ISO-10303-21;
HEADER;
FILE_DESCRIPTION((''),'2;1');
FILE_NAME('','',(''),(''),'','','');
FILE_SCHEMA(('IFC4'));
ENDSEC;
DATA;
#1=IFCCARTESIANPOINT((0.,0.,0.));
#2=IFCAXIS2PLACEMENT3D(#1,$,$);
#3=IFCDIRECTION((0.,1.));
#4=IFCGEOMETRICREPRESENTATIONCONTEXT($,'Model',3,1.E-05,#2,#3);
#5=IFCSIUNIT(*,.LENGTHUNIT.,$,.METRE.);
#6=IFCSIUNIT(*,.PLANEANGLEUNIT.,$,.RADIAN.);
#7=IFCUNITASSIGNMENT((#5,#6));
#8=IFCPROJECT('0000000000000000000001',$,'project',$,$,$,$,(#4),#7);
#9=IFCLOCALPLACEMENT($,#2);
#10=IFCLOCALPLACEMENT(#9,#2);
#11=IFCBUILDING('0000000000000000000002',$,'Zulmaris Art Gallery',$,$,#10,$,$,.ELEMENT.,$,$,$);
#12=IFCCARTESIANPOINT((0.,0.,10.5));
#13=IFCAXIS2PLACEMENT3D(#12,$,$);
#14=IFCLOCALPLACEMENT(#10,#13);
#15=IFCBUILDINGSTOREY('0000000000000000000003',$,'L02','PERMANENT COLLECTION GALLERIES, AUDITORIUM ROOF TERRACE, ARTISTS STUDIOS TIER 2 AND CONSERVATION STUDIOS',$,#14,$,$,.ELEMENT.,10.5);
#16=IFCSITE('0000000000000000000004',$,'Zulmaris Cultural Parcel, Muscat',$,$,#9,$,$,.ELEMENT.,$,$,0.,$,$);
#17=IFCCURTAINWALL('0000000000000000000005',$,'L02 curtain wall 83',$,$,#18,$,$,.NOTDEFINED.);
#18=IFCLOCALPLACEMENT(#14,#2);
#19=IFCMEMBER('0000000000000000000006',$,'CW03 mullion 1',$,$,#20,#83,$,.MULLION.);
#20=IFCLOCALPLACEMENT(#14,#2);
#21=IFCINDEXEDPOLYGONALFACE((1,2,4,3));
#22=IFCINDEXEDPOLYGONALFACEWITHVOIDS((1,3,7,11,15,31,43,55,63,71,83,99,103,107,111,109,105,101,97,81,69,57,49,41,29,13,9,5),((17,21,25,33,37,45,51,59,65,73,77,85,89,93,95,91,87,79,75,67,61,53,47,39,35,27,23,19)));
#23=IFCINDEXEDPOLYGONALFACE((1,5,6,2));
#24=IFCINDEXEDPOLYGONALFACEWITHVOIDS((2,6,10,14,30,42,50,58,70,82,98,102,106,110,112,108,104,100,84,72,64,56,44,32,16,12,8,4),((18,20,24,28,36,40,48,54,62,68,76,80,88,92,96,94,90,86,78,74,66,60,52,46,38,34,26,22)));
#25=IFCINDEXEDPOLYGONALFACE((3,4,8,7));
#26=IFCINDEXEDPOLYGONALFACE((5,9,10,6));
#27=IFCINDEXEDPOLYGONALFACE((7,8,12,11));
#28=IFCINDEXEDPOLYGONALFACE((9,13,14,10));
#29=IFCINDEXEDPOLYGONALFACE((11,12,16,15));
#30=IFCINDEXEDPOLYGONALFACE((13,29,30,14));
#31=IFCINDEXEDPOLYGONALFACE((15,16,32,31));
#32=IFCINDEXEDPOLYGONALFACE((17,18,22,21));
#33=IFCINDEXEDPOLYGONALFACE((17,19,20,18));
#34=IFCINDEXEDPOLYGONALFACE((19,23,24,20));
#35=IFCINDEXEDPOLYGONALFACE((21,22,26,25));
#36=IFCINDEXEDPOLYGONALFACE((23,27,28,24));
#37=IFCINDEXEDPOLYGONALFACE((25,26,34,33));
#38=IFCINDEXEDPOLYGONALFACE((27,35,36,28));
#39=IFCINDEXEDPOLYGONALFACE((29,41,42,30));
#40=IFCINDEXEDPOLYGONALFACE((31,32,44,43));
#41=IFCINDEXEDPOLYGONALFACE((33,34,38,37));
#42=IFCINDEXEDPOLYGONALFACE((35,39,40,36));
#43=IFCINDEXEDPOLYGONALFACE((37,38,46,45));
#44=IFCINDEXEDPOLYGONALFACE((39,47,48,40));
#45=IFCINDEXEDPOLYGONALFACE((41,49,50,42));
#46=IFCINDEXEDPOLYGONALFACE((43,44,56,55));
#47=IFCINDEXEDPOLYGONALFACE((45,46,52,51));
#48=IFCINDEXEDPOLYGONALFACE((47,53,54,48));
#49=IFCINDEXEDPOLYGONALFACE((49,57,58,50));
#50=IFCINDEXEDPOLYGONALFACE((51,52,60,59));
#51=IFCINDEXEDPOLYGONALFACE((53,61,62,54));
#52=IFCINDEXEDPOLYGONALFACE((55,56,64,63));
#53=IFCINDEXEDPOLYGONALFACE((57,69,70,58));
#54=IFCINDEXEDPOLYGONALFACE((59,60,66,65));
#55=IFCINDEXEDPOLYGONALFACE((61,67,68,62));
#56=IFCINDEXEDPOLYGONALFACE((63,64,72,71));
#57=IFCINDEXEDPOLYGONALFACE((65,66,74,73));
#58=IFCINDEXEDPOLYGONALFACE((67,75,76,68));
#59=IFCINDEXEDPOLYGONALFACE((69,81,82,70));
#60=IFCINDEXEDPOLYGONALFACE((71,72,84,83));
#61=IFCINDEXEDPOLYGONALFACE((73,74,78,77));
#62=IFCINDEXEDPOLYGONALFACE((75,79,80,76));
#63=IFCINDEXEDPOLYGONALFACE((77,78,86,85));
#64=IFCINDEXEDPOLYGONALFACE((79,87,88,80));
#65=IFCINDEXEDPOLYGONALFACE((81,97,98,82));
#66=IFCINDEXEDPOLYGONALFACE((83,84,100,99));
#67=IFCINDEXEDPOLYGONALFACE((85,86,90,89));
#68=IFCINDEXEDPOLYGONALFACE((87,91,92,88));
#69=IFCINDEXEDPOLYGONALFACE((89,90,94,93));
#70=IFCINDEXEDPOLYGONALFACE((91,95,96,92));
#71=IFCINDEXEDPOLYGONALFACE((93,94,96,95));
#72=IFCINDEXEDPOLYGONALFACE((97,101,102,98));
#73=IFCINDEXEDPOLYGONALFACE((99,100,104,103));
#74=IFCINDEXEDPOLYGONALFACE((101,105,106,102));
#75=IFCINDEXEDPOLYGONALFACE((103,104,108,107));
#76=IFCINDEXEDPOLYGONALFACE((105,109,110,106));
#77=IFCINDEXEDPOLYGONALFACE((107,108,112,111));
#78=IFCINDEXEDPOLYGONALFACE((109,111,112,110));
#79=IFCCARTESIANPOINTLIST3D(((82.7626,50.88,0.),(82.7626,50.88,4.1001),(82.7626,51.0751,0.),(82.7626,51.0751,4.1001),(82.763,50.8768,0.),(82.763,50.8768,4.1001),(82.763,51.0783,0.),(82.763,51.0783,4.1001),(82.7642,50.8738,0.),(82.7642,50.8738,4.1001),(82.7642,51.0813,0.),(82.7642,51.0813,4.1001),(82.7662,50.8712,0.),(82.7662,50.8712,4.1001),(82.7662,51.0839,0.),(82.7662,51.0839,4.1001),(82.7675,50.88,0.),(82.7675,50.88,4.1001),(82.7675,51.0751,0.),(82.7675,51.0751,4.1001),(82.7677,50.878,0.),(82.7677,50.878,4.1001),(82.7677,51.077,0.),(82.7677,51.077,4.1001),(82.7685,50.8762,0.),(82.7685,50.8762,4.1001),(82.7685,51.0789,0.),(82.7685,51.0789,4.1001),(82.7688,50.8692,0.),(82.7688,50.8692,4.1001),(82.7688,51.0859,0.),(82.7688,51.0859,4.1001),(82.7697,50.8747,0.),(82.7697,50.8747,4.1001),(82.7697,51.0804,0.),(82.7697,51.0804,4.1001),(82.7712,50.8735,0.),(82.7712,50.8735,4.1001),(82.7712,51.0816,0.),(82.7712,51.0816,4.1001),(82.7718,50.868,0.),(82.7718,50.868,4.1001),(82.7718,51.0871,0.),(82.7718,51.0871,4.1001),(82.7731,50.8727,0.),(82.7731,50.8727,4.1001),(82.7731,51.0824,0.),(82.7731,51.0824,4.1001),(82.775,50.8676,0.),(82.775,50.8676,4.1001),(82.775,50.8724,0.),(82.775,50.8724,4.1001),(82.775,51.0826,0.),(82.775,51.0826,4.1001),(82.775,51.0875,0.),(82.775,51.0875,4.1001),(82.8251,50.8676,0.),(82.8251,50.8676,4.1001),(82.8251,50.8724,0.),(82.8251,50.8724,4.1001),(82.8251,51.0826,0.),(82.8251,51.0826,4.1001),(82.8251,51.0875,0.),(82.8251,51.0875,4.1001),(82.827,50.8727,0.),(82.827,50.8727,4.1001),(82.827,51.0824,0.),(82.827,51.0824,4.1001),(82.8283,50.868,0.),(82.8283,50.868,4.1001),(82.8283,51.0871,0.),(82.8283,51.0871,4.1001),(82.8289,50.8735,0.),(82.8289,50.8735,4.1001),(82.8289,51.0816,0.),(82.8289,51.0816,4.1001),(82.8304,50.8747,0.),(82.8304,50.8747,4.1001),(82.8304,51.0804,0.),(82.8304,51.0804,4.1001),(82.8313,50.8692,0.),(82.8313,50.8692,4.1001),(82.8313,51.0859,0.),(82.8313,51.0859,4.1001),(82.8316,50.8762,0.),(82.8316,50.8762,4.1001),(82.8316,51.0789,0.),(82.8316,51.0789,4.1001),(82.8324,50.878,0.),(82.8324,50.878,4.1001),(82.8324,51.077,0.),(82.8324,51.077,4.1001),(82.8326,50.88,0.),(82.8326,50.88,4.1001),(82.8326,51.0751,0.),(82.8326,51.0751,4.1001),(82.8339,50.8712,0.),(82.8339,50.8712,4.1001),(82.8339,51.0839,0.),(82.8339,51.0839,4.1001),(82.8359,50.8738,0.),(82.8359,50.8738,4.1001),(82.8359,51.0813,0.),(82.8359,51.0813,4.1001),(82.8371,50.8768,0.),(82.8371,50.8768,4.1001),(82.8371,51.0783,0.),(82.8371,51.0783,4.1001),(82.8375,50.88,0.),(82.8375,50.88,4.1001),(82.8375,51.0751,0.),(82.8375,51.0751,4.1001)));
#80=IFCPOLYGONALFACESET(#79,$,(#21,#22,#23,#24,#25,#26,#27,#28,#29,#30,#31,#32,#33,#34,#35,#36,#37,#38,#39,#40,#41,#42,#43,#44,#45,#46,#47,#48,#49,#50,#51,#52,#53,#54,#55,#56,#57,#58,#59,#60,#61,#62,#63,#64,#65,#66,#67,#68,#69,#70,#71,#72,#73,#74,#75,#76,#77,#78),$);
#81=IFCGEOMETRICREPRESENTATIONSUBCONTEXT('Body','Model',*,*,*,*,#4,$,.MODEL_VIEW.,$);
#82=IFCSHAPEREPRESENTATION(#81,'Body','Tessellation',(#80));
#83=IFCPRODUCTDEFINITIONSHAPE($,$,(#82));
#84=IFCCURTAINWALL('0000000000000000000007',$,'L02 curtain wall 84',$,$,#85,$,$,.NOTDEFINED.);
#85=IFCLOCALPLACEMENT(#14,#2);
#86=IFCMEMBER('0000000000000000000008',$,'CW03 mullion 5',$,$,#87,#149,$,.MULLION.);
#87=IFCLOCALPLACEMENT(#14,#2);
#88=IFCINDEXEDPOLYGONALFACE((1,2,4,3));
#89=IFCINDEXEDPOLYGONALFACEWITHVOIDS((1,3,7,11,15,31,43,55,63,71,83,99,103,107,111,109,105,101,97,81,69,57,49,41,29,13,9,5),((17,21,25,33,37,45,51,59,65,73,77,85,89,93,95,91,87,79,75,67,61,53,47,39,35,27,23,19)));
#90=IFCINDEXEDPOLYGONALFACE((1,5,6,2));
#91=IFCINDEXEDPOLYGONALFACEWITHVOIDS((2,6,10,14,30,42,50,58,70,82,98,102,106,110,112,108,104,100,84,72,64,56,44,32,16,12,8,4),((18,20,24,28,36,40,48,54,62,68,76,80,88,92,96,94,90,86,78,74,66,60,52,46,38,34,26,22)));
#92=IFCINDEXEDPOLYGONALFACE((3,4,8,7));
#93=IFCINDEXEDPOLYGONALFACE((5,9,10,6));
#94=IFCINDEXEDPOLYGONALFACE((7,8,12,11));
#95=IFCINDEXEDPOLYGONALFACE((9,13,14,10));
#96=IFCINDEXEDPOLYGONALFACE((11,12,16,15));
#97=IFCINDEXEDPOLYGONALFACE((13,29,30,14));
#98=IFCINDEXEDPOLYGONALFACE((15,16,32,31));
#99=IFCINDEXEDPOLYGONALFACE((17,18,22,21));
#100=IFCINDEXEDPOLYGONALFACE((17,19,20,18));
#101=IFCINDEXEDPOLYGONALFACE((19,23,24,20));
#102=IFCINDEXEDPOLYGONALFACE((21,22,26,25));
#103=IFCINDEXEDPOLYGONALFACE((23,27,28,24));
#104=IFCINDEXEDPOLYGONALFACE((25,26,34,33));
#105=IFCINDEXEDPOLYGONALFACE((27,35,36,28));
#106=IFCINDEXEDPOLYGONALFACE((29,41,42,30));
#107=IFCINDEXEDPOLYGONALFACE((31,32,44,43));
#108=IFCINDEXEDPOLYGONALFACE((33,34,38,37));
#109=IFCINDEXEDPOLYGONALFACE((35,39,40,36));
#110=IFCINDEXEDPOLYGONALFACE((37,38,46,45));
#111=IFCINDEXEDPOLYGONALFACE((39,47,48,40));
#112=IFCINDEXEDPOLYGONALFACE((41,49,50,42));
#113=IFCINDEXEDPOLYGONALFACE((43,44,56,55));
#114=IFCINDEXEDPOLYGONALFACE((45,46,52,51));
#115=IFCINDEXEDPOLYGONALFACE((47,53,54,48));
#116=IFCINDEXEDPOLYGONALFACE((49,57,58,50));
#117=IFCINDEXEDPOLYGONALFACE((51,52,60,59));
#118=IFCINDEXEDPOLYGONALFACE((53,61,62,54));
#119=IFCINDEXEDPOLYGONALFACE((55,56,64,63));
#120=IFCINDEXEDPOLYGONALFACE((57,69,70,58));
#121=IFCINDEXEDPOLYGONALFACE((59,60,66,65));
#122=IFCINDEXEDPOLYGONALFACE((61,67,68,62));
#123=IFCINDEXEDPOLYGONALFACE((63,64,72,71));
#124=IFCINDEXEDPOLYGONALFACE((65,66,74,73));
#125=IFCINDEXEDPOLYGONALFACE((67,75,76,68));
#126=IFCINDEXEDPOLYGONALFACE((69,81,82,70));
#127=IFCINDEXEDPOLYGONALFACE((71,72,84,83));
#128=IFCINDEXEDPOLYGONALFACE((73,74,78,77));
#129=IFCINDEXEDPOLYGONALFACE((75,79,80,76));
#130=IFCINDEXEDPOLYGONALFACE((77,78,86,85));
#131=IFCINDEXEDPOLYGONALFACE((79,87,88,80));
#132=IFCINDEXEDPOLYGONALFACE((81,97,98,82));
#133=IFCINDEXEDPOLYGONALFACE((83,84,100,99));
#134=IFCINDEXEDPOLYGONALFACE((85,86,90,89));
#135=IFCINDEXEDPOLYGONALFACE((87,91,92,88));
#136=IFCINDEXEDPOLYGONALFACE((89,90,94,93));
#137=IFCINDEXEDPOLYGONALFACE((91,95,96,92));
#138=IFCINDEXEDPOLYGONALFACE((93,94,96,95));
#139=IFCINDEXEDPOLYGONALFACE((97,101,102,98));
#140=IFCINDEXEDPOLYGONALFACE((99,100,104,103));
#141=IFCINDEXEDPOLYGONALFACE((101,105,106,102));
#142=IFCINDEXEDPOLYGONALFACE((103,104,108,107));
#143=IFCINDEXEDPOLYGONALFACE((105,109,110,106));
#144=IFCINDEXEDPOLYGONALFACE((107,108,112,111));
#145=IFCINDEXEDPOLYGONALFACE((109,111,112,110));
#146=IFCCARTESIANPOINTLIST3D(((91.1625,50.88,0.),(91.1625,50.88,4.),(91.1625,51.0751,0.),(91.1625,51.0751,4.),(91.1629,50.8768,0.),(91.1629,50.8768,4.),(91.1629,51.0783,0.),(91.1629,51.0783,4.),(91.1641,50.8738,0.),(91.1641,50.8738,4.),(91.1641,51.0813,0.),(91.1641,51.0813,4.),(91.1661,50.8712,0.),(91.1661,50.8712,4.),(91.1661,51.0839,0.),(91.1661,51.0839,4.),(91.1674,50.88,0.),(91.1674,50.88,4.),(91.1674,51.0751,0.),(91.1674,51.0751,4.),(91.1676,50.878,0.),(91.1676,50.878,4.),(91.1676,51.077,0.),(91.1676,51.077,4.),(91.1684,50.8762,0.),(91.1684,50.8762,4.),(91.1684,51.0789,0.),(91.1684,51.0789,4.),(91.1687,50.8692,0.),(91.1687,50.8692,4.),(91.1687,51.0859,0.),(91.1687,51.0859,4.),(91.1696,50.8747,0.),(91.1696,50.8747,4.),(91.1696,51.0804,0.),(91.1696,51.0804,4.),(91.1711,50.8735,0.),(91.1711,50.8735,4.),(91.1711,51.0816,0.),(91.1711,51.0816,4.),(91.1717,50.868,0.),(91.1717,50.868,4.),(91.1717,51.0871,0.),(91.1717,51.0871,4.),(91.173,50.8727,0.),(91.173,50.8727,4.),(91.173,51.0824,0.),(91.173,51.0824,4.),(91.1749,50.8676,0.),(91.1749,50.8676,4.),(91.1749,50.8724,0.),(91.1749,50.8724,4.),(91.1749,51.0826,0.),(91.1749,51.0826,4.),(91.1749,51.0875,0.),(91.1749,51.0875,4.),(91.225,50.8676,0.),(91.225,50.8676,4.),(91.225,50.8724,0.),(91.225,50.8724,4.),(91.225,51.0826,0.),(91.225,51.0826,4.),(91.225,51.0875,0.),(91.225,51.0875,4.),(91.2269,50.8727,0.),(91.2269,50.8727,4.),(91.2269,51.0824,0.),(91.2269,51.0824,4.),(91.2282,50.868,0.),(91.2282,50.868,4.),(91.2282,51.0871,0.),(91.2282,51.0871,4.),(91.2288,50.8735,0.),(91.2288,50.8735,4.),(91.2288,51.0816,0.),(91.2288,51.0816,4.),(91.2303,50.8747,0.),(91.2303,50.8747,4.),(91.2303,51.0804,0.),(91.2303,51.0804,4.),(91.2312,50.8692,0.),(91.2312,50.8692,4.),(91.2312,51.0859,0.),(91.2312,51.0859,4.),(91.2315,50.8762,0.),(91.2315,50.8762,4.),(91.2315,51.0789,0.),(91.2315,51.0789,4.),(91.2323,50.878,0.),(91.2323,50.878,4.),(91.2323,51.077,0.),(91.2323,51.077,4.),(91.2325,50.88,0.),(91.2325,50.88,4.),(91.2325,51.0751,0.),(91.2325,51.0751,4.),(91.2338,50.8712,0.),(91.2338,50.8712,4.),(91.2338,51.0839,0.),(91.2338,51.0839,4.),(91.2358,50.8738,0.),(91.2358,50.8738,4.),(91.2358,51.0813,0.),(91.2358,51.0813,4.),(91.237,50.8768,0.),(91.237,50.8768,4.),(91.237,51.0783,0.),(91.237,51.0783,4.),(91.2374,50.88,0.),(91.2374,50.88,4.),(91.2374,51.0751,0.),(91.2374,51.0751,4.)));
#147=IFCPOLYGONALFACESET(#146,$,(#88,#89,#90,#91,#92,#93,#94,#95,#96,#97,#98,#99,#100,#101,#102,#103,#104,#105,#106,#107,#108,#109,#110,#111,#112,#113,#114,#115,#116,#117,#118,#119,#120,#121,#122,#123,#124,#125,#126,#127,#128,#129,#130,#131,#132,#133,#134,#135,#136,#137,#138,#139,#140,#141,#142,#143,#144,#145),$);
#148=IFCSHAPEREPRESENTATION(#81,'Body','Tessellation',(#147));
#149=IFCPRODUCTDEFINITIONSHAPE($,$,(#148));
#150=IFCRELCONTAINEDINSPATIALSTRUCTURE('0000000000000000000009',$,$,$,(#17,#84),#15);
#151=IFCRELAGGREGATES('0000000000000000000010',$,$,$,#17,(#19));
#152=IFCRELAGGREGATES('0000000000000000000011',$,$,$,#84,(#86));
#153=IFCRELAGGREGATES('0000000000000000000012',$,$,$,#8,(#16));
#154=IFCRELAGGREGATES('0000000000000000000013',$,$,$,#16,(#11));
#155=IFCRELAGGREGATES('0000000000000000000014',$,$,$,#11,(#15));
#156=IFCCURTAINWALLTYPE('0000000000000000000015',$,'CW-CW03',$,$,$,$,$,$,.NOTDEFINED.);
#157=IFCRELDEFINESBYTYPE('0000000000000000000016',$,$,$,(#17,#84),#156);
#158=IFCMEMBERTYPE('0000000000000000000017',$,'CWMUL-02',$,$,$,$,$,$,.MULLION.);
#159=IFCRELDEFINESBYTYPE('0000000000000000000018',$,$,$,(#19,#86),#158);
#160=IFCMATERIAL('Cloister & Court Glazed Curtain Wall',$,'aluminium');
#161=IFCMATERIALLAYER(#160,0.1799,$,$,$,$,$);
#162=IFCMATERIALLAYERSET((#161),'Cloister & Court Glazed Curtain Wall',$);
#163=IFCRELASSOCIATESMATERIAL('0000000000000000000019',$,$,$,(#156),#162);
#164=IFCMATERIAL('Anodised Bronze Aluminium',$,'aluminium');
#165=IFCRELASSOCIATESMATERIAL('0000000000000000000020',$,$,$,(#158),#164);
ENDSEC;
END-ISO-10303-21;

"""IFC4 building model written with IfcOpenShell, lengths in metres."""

from ifc_helpers import new_model, si_unit, direction, frame, origin, origin_2d, place, context, subcontext, project, spatial, hollow_rectangle, extrude, material, layer, layer_set, material_profile, profile_set, type_object, element, aggregate, save


model = new_model("IFC4")

# Units and contexts
model_context = context("Model", 3, precision=1e-05, world=origin(), true_north=direction((0.0, 1.0)))
body_context = subcontext(model_context, "Body", "Model", "MODEL_VIEW")
ifc_project = project(units=[si_unit("LENGTHUNIT", "METRE"), si_unit("PLANEANGLEUNIT", "RADIAN")], contexts=[model_context])

# Site, building, storey
site_placement = place(None, origin())
site = spatial("IfcSite", under=ifc_project, at=site_placement, Name="Zulmaris Cultural Parcel, Muscat", CompositionType="ELEMENT", RefElevation=0.0)
building_placement = place(site_placement, origin())
building = spatial("IfcBuilding", under=site, at=building_placement, Name="Zulmaris Art Gallery", CompositionType="ELEMENT")
storey_placement = place(building_placement, frame((0.0, 0.0, 10.5)))
storey = spatial("IfcBuildingStorey", under=building, at=storey_placement, Name="L02", Description="PERMANENT COLLECTION GALLERIES, AUDITORIUM ROOF TERRACE, ARTISTS STUDIOS TIER 2 AND CONSERVATION STUDIOS", CompositionType="ELEMENT", Elevation=10.5)

# Curtain walls, members
ifc_material_1 = material(Name="Cloister & Court Glazed Curtain Wall", Category="aluminium")
ifc_layer_1 = layer(ifc_material_1, 0.1799)
ifc_layer_set_1 = layer_set([ifc_layer_1], Name="Cloister & Court Glazed Curtain Wall")
curtain_wall_type = type_object("IfcCurtainWallType", Name="CW-CW03", PredefinedType="NOTDEFINED", material=ifc_layer_set_1)
ifc_material_2 = material(Name="Anodised Bronze Aluminium", Category="aluminium")
ifc_material_profile_1 = material_profile(ifc_material_2, hollow_rectangle(XDim=0.075, YDim=0.22, WallThickness=0.0049, InnerFilletRadius=0.0076, OuterFilletRadius=0.0125, at=origin_2d()), Name="ALU 75x220x5")
ifc_profile_set_1 = profile_set([ifc_material_profile_1], Name="Anodised Bronze Aluminium")
member_type_1 = type_object("IfcMemberType", Name="CWMUL-02", PredefinedType="MULLION", material=ifc_profile_set_1)
curtain_wall_1_placement = place(storey_placement, origin())
curtain_wall_1 = element("IfcCurtainWall", 1, at=curtain_wall_1_placement, inside=storey, type_object=curtain_wall_type, Name="L02 curtain wall 83", PredefinedType="NOTDEFINED")
member_1_placement = place(storey_placement, frame((82.8, 50.9775, 0.0), z_axis=(0.0, 0.0, 1.0), x_axis=(-1.0, 0.0, 0.0)))
member_1 = element("IfcMember", 2, at=member_1_placement, type_object=member_type_1, Name="CW03 mullion 1", PredefinedType="MULLION", context=body_context, shape_type="SweptSolid", body=[
    extrude(hollow_rectangle(XDim=0.075, YDim=0.22, WallThickness=0.0049, InnerFilletRadius=0.0076, OuterFilletRadius=0.0125, at=origin_2d()), origin(), (0.0, 0.0, 1.0), 4.1001),
])
curtain_wall_2_placement = place(storey_placement, origin())
curtain_wall_2 = element("IfcCurtainWall", 3, at=curtain_wall_2_placement, inside=storey, type_object=curtain_wall_type, Name="L02 curtain wall 84", PredefinedType="NOTDEFINED")
member_2_placement = place(storey_placement, frame((91.2, 50.9775, 0.0), z_axis=(0.0, 0.0, 1.0), x_axis=(1.0, 0.0, 0.0)))
member_2 = element("IfcMember", 4, at=member_2_placement, type_object=member_type_1, Name="CW03 mullion 5", PredefinedType="MULLION", context=body_context, shape_type="SweptSolid", body=[
    extrude(hollow_rectangle(XDim=0.075, YDim=0.22, WallThickness=0.0049, InnerFilletRadius=0.0076, OuterFilletRadius=0.0125, at=origin_2d()), origin(), (0.0, 0.0, 1.0), 4.0),
])

aggregate(curtain_wall_1, [member_1])
aggregate(curtain_wall_2, [member_2])

save(model, "model.ifc")
